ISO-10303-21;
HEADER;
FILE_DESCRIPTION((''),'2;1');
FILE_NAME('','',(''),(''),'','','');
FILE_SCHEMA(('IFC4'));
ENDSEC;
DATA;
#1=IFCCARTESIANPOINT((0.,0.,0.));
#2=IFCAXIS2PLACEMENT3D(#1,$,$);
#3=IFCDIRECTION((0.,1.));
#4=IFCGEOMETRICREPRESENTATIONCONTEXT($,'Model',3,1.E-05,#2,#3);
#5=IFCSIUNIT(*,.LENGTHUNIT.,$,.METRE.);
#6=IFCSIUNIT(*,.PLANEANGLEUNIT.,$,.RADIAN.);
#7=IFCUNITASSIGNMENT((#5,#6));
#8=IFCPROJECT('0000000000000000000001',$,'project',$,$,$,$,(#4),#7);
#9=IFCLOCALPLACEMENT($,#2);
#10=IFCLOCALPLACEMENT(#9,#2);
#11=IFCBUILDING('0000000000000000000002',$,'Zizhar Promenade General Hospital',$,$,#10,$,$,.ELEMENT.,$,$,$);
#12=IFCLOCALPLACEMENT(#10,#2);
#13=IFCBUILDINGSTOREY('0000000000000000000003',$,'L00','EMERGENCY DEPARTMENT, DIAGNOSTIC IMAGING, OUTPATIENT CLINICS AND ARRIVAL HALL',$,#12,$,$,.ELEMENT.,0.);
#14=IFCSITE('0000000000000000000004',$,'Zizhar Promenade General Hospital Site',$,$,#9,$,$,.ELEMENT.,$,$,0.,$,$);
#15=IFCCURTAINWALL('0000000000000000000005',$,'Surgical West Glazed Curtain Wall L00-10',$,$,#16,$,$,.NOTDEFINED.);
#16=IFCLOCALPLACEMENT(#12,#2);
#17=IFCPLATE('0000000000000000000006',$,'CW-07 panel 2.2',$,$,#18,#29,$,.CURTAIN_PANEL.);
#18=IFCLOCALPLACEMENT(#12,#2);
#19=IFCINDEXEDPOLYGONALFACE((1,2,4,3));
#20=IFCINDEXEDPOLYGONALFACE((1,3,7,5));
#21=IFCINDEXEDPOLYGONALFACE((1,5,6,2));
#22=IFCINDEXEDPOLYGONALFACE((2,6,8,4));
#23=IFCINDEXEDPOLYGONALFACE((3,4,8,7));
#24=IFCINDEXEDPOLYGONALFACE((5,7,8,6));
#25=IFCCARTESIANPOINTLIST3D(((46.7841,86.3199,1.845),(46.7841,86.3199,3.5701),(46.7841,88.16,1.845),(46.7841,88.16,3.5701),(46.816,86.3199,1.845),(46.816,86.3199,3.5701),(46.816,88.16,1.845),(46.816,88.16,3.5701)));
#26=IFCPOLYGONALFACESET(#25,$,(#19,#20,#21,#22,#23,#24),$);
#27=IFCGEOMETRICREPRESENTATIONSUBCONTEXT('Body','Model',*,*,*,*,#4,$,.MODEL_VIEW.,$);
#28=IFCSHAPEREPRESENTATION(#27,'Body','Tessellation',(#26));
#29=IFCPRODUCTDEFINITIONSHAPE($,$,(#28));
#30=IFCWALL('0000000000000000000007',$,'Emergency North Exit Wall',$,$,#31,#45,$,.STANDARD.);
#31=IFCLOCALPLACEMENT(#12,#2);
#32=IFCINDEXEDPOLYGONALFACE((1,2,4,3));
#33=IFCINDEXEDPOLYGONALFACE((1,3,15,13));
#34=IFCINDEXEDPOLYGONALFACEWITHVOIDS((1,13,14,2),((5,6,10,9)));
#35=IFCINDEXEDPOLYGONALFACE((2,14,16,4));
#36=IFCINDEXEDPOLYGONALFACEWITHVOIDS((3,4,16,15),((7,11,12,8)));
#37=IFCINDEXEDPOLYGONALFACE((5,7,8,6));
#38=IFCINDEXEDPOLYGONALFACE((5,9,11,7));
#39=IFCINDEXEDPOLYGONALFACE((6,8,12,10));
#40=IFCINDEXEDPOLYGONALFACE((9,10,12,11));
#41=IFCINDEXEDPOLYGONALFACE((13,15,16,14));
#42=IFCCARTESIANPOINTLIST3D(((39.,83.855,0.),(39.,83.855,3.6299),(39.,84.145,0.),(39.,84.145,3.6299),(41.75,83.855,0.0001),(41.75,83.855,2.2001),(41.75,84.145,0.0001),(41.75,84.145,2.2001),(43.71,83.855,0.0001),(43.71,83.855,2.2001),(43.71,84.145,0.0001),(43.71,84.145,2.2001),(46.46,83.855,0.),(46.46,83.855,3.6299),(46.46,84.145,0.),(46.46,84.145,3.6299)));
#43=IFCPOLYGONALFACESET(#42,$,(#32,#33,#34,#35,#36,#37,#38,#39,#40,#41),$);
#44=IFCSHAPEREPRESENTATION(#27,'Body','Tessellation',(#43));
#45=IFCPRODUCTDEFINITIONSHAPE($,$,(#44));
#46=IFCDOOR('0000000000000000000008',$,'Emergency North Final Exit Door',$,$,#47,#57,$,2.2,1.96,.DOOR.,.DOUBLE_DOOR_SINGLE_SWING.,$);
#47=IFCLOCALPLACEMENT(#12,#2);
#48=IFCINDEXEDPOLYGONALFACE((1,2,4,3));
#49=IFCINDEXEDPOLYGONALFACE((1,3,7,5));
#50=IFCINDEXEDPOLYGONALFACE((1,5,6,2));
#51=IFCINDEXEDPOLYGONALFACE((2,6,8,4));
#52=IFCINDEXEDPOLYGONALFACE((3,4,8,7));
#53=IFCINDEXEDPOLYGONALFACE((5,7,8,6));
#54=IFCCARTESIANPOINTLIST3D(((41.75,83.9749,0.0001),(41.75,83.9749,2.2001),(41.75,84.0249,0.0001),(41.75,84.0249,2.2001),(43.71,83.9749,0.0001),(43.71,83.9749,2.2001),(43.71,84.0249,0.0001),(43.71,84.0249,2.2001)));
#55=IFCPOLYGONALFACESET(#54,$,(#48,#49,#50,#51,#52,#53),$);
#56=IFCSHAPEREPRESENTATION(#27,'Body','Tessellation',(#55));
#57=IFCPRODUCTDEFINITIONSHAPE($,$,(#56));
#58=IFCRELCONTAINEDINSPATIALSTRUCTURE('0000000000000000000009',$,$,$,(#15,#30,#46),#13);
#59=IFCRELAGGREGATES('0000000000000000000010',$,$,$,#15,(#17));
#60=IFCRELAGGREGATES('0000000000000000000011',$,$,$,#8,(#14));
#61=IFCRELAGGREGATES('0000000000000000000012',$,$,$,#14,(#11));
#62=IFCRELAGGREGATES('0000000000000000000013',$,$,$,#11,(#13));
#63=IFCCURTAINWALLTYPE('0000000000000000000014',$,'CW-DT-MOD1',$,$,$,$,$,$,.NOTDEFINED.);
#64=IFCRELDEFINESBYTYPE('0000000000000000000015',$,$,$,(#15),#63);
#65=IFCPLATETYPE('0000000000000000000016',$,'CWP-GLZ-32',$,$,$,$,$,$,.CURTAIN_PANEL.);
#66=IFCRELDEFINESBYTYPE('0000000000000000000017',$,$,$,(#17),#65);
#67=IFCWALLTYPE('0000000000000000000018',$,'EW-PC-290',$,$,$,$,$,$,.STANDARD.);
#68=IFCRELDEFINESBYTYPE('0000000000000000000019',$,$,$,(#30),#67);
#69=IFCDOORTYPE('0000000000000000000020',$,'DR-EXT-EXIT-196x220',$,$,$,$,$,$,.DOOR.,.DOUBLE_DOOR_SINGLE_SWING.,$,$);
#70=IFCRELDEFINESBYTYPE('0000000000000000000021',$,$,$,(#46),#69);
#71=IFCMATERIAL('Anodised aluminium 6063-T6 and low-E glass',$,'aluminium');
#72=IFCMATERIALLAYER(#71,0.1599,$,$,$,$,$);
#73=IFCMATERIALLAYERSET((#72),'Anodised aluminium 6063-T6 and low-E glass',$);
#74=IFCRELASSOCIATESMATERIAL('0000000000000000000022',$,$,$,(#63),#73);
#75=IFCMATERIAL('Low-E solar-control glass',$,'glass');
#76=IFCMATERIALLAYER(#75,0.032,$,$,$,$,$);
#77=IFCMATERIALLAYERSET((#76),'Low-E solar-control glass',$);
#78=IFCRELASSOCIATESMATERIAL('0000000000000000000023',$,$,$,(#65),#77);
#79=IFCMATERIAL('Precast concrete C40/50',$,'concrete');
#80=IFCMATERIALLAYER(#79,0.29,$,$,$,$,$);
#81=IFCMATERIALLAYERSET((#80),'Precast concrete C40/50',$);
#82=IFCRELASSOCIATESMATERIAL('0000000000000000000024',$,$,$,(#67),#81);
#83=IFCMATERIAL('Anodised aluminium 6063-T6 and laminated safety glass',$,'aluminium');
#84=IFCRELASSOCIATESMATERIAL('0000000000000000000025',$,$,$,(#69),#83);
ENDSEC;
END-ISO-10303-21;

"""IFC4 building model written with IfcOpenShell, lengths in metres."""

from ifc_helpers import new_model, si_unit, direction, frame, frame_2d, origin, origin_2d, place, context, subcontext, project, spatial, rectangle, extrude, material, layer, layer_set, type_object, element, fill, aggregate, save


model = new_model("IFC4")

# Units and contexts
model_context = context("Model", 3, precision=1e-05, world=origin(), true_north=direction((0.0, 1.0)))
body_context = subcontext(model_context, "Body", "Model", "MODEL_VIEW")
ifc_project = project(units=[si_unit("LENGTHUNIT", "METRE"), si_unit("PLANEANGLEUNIT", "RADIAN")], contexts=[model_context])

# Site, building, storey
site_placement = place(None, origin())
site = spatial("IfcSite", under=ifc_project, at=site_placement, Name="Zizhar Promenade General Hospital Site", CompositionType="ELEMENT", RefElevation=0.0)
building_placement = place(site_placement, origin())
building = spatial("IfcBuilding", under=site, at=building_placement, Name="Zizhar Promenade General Hospital", CompositionType="ELEMENT")
storey_placement = place(building_placement, origin())
storey = spatial("IfcBuildingStorey", under=building, at=storey_placement, Name="L00", Description="EMERGENCY DEPARTMENT, DIAGNOSTIC IMAGING, OUTPATIENT CLINICS AND ARRIVAL HALL", CompositionType="ELEMENT", Elevation=0.0)

# Curtain wall
ifc_material_1 = material(Name="Anodised aluminium 6063-T6 and low-E glass", Category="aluminium")
ifc_layer_1 = layer(ifc_material_1, 0.1599)
ifc_layer_set_1 = layer_set([ifc_layer_1], Name="Anodised aluminium 6063-T6 and low-E glass")
curtain_wall_type_1 = type_object("IfcCurtainWallType", Name="CW-DT-MOD1", PredefinedType="NOTDEFINED", material=ifc_layer_set_1)
curtain_wall_1_placement = place(storey_placement, origin())
curtain_wall_1 = element("IfcCurtainWall", 1, at=curtain_wall_1_placement, inside=storey, type_object=curtain_wall_type_1, Name="Surgical West Glazed Curtain Wall L00-10", PredefinedType="NOTDEFINED")

# Plate
ifc_material_2 = material(Name="Low-E solar-control glass", Category="glass")
ifc_layer_2 = layer(ifc_material_2, 0.032)
ifc_layer_set_2 = layer_set([ifc_layer_2], Name="Low-E solar-control glass")
plate_type = type_object("IfcPlateType", Name="CWP-GLZ-32", PredefinedType="CURTAIN_PANEL", material=ifc_layer_set_2)
plate_1_placement = place(storey_placement, frame((46.8, 87.24, 1.845), z_axis=(0.0, 0.0, 1.0), x_axis=(0.0, 1.0, 0.0)))
plate_1 = element("IfcPlate", 2, at=plate_1_placement, type_object=plate_type, Name="CW-07 panel 2.2", PredefinedType="CURTAIN_PANEL", context=body_context, shape_type="SweptSolid", body=[
    extrude(rectangle(XDim=1.8401, YDim=0.032, at=origin_2d()), origin(), (0.0, 0.0, 1.0), 1.7251),
])
aggregate(curtain_wall_1, [plate_1])

# Wall, opening, door
ifc_material_3 = material(Name="Precast concrete C40/50", Category="concrete")
ifc_layer_3 = layer(ifc_material_3, 0.29)
ifc_layer_set_3 = layer_set([ifc_layer_3], Name="Precast concrete C40/50")
wall_type = type_object("IfcWallType", Name="EW-PC-290", PredefinedType="STANDARD", material=ifc_layer_set_3)
wall_placement = place(storey_placement, frame((39.0, 84.0, 0.0), z_axis=(0.0, 0.0, 1.0), x_axis=(1.0, 0.0, 0.0)))
wall = element("IfcWall", 3, at=wall_placement, inside=storey, type_object=wall_type, Name="Emergency North Exit Wall", PredefinedType="STANDARD", context=body_context, shape_type="SweptSolid", body=[
    extrude(rectangle(XDim=7.46, YDim=0.29, at=frame_2d((3.73, 0.0))), origin(), (0.0, 0.0, 1.0), 3.6299),
])
opening_placement = place(wall_placement, frame((2.75, 0.0, 0.0)))
opening = element("IfcOpeningElement", 4, at=opening_placement, cuts=wall, PredefinedType="OPENING", context=body_context, shape_type="SweptSolid", body=[
    extrude(rectangle(XDim=1.96, YDim=2.2, at=frame_2d((0.98, 1.1001))), frame((0.0, 0.155, 0.0), z_axis=(0.0, -1.0, 0.0), x_axis=(1.0, 0.0, 0.0)), (0.0, 0.0, 1.0), 0.3101),
])
ifc_material_4 = material(Name="Anodised aluminium 6063-T6 and laminated safety glass", Category="aluminium")
door_type = type_object("IfcDoorType", Name="DR-EXT-EXIT-196x220", OperationType="DOUBLE_DOOR_SINGLE_SWING", PredefinedType="DOOR", material=ifc_material_4)
door_placement = place(opening_placement, origin())
door = element("IfcDoor", 5, at=door_placement, inside=storey, type_object=door_type, Name="Emergency North Final Exit Door", OperationType="DOUBLE_DOOR_SINGLE_SWING", OverallHeight=2.2, OverallWidth=1.96, PredefinedType="DOOR", context=body_context, shape_type="SweptSolid", body=[
    extrude(rectangle(XDim=1.96, YDim=2.2, at=frame_2d((0.98, 1.1001))), frame((0.0, 0.0249, 0.0), z_axis=(0.0, -1.0, 0.0), x_axis=(1.0, 0.0, 0.0)), (0.0, 0.0, 1.0), 0.05),
])
fill(opening, door)

save(model, "model.ifc")
